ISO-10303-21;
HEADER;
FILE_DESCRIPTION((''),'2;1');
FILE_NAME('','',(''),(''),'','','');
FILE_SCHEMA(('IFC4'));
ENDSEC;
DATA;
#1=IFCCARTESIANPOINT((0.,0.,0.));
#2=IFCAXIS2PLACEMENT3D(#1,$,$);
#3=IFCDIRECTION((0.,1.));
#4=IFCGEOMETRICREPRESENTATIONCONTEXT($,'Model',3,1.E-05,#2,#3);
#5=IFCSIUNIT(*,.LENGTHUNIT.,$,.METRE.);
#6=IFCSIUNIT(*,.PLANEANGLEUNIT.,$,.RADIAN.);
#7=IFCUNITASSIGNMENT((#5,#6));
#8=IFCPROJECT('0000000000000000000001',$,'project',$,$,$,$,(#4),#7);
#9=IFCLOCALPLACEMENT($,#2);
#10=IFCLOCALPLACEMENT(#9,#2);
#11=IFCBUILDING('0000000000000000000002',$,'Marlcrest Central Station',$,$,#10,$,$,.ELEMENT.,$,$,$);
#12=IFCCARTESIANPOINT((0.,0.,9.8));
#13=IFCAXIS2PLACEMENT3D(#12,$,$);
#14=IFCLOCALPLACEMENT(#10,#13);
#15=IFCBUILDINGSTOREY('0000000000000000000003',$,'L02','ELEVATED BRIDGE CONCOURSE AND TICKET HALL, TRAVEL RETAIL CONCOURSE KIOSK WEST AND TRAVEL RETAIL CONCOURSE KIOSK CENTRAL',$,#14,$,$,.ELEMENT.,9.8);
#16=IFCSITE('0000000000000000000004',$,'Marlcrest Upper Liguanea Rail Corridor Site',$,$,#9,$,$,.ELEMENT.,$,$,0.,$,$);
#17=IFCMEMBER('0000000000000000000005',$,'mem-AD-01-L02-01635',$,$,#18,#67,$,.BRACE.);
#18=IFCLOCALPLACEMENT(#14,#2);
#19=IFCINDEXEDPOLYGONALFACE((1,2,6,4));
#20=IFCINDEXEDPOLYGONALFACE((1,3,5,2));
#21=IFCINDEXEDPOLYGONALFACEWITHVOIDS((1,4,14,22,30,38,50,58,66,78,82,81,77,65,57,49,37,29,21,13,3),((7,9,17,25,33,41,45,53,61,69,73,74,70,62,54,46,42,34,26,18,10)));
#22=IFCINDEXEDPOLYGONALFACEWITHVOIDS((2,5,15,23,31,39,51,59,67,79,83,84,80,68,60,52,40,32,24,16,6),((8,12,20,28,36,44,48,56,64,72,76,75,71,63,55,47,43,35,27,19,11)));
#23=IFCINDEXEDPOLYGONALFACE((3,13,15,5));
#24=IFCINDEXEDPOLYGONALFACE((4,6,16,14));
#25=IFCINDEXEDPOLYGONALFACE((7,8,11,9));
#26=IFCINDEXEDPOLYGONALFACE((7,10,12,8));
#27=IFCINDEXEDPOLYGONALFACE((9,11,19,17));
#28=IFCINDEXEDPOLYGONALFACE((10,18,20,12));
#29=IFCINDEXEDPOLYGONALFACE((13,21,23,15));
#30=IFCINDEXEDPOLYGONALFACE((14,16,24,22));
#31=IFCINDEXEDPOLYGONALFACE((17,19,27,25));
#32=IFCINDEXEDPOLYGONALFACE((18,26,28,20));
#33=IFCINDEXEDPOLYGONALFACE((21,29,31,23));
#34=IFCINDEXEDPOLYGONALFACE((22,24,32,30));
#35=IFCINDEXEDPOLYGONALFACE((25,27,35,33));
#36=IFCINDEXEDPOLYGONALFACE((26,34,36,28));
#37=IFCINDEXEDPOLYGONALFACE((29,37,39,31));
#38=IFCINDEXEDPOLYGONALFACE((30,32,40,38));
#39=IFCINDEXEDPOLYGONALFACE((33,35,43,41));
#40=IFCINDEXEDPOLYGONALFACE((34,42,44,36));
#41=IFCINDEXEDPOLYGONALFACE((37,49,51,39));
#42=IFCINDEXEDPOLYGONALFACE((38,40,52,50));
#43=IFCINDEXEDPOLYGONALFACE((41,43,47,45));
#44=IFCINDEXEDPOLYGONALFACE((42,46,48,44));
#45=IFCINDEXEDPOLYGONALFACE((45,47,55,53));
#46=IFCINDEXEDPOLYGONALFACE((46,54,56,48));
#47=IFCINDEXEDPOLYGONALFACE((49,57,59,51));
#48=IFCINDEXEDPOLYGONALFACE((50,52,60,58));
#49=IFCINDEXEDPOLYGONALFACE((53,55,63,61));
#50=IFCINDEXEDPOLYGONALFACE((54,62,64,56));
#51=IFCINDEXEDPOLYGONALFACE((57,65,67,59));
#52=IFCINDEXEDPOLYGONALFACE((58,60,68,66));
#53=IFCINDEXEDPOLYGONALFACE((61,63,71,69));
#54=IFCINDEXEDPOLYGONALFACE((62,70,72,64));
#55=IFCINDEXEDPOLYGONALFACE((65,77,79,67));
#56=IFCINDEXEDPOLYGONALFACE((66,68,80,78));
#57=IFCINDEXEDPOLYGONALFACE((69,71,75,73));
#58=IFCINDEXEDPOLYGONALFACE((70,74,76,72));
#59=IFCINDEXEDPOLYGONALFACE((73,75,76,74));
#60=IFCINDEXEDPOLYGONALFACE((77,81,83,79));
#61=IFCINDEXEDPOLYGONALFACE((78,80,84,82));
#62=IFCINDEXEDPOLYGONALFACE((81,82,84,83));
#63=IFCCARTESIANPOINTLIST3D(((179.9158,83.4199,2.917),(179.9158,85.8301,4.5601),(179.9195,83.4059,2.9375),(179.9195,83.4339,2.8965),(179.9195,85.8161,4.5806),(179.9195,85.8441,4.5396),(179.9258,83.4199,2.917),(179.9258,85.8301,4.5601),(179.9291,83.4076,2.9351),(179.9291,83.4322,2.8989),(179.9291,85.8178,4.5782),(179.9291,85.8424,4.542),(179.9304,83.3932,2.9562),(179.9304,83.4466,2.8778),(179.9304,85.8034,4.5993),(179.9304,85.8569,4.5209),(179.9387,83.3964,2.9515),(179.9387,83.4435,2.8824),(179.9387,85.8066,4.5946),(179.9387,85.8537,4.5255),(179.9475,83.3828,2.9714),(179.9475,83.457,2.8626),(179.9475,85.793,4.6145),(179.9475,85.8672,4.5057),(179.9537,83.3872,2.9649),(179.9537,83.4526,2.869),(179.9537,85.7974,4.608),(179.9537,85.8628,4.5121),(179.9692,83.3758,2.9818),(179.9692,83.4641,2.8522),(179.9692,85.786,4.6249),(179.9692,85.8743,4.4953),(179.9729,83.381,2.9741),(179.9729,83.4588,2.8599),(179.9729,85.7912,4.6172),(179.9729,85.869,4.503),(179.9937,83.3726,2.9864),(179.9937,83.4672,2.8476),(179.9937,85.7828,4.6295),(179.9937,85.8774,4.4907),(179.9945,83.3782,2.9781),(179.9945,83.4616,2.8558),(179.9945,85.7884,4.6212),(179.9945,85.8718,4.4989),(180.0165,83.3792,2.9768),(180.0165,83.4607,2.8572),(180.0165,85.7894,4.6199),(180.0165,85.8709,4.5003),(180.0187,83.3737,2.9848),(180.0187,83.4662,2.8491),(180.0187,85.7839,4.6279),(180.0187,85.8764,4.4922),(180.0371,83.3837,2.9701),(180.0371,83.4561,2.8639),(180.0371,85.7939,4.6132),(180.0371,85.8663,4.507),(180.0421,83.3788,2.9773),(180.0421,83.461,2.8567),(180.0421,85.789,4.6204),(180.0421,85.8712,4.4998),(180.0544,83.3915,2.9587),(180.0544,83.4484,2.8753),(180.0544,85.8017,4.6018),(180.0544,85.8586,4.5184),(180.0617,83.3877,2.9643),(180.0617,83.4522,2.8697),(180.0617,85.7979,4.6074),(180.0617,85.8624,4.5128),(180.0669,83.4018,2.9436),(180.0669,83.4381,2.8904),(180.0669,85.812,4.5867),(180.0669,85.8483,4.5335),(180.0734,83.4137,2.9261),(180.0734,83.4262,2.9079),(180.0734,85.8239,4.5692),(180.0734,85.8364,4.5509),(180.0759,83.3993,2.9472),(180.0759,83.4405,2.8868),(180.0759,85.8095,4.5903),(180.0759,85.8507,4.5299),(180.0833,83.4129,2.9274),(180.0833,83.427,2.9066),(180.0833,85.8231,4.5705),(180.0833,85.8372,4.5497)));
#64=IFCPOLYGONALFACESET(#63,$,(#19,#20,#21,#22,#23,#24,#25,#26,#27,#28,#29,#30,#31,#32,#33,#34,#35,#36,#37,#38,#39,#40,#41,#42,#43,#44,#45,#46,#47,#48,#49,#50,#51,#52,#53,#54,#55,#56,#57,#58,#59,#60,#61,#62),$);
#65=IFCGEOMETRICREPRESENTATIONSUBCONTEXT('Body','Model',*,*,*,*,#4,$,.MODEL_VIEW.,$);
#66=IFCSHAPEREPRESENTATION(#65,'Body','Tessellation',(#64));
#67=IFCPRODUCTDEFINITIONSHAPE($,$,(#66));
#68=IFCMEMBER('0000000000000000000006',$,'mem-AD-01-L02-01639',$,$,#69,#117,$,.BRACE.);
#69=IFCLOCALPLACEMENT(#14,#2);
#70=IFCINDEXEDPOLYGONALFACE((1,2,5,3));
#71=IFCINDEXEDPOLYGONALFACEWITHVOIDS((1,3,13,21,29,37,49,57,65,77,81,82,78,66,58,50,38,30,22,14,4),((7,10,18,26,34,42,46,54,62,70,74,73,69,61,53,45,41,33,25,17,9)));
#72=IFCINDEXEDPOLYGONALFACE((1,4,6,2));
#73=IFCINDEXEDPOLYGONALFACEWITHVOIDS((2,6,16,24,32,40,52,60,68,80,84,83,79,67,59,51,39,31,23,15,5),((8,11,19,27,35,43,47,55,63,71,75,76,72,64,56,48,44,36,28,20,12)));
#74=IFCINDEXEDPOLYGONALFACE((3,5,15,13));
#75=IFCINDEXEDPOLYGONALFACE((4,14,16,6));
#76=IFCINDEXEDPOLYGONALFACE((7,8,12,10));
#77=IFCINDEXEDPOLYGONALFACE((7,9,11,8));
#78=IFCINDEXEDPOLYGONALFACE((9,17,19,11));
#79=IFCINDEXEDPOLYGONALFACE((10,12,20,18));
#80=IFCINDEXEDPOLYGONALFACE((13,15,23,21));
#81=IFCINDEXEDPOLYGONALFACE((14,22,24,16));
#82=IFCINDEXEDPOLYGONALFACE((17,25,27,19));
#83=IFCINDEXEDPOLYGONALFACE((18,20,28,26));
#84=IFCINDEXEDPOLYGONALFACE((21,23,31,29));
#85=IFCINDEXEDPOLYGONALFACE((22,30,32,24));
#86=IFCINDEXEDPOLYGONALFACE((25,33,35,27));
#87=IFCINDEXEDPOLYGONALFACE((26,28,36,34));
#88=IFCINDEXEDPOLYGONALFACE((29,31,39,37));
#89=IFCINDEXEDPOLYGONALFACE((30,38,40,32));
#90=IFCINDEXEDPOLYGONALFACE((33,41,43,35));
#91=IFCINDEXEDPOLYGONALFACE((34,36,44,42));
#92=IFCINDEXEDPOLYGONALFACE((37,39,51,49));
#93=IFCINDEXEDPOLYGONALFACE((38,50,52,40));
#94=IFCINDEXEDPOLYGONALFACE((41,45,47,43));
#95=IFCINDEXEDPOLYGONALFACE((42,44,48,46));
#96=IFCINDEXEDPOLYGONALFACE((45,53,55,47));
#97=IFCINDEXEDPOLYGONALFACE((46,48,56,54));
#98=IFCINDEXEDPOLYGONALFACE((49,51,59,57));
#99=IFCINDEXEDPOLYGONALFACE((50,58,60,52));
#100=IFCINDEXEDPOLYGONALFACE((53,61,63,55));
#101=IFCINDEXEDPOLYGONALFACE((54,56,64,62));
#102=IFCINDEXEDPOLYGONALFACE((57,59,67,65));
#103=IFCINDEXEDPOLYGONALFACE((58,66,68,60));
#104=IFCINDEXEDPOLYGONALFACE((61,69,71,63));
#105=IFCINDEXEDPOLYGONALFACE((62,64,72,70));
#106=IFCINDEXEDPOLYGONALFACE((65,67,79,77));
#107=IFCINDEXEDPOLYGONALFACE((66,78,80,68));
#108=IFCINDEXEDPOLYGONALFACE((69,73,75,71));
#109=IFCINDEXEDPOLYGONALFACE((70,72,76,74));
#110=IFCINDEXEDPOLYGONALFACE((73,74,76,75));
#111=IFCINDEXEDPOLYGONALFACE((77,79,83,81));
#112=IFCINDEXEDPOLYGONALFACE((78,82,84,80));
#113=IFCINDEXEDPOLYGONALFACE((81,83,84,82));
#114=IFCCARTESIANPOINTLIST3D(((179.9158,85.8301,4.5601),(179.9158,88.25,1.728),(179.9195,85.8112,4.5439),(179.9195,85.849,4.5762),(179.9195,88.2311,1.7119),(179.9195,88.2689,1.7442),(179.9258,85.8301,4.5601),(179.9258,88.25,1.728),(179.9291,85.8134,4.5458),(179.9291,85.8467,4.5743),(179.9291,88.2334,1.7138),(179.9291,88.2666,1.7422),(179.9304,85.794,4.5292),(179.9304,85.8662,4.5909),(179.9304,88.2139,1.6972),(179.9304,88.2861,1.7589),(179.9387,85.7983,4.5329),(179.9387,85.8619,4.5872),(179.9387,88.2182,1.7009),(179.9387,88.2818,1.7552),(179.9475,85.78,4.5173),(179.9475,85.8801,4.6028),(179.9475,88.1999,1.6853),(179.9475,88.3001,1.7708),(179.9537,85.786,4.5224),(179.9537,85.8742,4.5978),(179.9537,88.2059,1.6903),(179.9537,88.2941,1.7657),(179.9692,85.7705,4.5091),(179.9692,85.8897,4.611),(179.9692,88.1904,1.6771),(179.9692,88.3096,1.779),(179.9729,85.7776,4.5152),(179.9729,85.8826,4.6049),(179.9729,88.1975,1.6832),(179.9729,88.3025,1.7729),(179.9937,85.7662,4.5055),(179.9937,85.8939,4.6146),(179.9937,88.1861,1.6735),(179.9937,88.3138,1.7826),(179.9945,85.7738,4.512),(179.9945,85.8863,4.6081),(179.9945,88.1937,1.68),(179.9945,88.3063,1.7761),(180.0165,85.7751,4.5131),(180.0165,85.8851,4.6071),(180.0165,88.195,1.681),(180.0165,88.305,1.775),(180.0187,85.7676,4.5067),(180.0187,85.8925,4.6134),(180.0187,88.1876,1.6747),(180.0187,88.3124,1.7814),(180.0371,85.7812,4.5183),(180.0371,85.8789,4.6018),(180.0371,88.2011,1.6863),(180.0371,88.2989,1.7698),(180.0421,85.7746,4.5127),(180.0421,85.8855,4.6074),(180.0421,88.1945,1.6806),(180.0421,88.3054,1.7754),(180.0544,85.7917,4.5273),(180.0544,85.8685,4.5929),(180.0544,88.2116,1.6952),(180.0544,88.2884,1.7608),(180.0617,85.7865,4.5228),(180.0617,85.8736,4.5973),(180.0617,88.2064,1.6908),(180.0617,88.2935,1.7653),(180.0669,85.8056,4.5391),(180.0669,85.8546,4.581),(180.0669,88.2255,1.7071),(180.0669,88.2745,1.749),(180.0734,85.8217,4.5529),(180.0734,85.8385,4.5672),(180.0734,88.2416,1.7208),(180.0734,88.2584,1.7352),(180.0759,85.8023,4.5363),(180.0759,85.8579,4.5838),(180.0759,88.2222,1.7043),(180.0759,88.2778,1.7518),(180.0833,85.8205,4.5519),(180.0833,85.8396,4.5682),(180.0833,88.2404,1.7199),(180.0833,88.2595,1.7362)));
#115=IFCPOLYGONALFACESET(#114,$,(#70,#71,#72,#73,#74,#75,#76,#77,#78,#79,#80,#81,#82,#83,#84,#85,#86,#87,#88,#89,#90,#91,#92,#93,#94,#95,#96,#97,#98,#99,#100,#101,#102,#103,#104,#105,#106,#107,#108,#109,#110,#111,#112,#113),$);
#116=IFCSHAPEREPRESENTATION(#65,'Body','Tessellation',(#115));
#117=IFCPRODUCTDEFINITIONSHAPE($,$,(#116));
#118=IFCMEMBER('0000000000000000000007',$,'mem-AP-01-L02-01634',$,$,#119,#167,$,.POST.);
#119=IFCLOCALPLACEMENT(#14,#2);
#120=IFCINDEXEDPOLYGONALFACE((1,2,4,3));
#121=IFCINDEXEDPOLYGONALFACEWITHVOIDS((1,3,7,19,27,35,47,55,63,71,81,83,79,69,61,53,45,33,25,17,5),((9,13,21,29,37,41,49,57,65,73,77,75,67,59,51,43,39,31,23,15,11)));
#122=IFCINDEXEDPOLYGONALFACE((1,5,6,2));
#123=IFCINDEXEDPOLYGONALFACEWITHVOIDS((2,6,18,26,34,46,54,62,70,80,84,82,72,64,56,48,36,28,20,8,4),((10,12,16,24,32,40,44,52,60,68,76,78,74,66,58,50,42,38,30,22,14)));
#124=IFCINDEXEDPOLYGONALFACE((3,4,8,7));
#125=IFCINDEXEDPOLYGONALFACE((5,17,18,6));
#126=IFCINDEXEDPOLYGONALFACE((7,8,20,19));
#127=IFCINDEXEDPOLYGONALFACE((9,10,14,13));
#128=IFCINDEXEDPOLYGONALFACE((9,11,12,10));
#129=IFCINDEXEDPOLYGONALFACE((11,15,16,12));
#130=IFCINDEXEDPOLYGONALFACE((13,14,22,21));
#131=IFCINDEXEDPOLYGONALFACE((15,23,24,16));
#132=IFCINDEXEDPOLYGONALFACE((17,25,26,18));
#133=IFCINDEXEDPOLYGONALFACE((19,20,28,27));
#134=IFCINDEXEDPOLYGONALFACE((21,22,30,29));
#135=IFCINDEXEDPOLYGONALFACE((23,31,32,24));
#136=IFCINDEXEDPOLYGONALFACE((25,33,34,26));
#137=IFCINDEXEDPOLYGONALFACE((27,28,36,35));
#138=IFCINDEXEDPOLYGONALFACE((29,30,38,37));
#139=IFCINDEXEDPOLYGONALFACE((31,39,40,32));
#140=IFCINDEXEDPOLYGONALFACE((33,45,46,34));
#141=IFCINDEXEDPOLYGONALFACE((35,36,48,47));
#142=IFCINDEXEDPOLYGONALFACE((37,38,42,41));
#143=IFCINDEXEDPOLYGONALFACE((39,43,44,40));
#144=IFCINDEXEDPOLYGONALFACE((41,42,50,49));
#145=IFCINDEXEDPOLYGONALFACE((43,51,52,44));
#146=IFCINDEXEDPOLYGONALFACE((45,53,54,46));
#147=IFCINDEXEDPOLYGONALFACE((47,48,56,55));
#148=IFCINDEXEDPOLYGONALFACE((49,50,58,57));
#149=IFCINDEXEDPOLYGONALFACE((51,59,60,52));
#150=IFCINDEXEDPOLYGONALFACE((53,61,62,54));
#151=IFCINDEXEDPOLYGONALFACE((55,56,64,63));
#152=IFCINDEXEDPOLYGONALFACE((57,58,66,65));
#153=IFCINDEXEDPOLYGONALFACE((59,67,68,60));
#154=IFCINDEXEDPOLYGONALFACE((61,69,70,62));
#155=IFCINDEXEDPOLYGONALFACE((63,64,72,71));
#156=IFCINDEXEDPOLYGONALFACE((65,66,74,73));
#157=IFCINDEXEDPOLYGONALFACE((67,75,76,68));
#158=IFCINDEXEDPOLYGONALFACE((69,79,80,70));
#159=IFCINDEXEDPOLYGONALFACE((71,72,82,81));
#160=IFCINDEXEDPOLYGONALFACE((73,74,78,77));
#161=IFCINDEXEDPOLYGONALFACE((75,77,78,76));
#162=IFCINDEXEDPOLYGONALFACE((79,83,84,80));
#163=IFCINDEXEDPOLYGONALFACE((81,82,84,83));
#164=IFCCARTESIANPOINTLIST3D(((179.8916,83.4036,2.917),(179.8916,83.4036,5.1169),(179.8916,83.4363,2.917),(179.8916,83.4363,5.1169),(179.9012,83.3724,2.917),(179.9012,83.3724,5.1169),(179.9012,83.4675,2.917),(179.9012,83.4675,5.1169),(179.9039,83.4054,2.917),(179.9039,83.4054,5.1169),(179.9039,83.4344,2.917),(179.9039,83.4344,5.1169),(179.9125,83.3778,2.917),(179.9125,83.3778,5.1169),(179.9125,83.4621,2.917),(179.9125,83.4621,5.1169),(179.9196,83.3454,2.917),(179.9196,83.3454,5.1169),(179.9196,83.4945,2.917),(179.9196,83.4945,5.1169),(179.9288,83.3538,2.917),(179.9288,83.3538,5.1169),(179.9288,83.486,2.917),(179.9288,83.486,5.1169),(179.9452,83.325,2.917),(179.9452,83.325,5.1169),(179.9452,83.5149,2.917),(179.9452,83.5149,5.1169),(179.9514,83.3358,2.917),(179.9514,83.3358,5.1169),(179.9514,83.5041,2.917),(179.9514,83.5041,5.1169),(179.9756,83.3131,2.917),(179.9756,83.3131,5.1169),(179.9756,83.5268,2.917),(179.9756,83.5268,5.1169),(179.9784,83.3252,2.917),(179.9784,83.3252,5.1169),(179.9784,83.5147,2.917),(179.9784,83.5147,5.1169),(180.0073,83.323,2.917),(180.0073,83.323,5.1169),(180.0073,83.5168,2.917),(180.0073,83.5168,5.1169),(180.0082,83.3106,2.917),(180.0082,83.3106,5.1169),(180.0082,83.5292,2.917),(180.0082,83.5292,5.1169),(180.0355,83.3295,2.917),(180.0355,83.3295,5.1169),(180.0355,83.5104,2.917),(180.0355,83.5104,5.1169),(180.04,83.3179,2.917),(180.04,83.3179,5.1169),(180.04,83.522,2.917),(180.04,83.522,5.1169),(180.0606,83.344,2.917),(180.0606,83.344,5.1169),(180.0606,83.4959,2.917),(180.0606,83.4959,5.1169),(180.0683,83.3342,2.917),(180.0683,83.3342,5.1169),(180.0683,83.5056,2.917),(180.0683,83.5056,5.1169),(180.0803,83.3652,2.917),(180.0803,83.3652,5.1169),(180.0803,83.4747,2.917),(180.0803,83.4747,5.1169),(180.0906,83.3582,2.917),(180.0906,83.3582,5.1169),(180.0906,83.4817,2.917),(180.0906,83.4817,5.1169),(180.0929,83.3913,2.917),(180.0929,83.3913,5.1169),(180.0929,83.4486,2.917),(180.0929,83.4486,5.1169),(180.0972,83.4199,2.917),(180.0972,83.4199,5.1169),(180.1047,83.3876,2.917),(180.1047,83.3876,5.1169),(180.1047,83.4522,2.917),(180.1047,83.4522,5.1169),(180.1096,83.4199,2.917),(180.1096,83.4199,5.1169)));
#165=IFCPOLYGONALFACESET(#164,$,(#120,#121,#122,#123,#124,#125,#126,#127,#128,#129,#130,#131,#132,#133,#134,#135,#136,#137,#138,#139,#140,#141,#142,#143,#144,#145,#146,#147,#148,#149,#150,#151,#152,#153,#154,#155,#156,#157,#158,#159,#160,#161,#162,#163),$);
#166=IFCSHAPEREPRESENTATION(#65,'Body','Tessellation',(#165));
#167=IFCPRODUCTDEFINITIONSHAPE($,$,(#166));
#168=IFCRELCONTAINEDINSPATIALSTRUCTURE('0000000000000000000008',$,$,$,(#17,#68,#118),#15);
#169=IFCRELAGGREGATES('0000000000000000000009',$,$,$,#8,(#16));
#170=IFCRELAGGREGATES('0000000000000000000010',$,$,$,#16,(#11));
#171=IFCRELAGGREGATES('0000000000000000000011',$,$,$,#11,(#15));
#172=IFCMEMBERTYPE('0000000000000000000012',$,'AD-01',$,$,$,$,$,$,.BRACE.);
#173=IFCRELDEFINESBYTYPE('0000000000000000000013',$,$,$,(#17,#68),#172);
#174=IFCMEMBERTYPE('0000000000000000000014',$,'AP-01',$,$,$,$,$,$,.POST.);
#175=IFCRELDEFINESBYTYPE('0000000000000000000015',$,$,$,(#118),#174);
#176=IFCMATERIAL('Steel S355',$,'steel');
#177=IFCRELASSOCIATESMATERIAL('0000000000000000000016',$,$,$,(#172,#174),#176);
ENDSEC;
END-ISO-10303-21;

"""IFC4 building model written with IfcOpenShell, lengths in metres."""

from ifc_helpers import new_model, si_unit, direction, frame, origin, origin_2d, place, context, subcontext, project, spatial, hollow_circle, extrude, material, material_profile, profile_set, type_object, element, save


model = new_model("IFC4")

# Units and contexts
model_context = context("Model", 3, precision=1e-05, world=origin(), true_north=direction((0.0, 1.0)))
body_context = subcontext(model_context, "Body", "Model", "MODEL_VIEW")
ifc_project = project(units=[si_unit("LENGTHUNIT", "METRE"), si_unit("PLANEANGLEUNIT", "RADIAN")], contexts=[model_context])

# Site, building, storey
site_placement = place(None, origin())
site = spatial("IfcSite", under=ifc_project, at=site_placement, Name="Marlcrest Upper Liguanea Rail Corridor Site", CompositionType="ELEMENT", RefElevation=0.0)
building_placement = place(site_placement, origin())
building = spatial("IfcBuilding", under=site, at=building_placement, Name="Marlcrest Central Station", CompositionType="ELEMENT")
storey_placement = place(building_placement, frame((0.0, 0.0, 9.8)))
storey = spatial("IfcBuildingStorey", under=building, at=storey_placement, Name="L02", Description="ELEVATED BRIDGE CONCOURSE AND TICKET HALL, TRAVEL RETAIL CONCOURSE KIOSK WEST AND TRAVEL RETAIL CONCOURSE KIOSK CENTRAL", CompositionType="ELEMENT", Elevation=9.8)

# Members
ifc_material_1 = material(Name="Steel S355", Category="steel")
ifc_material_profile_1 = material_profile(ifc_material_1, hollow_circle(Radius=0.0842, WallThickness=0.01, at=origin_2d()), Name="CHS 168.3x10")
ifc_profile_set_1 = profile_set([ifc_material_profile_1], Name="Steel S355")
member_type_1 = type_object("IfcMemberType", Name="AD-01", PredefinedType="BRACE", material=ifc_profile_set_1)
member_1_placement = place(storey_placement, frame((180.0, 83.4199, 2.917), z_axis=(0.0, 0.826263, 0.563285), x_axis=(-1.0, 0.0, 0.0)))
element("IfcMember", 1, at=member_1_placement, inside=storey, type_object=member_type_1, Name="mem-AD-01-L02-01635", PredefinedType="BRACE", context=body_context, shape_type="SweptSolid", body=[
    extrude(hollow_circle(Radius=0.0842, WallThickness=0.01, at=origin_2d()), origin(), (0.0, 0.0, 1.0), 2.917),
])
member_2_placement = place(storey_placement, frame((180.0, 85.8301, 4.5601), z_axis=(0.0, 0.649625, -0.760255), x_axis=(-1.0, 0.0, 0.0)))
element("IfcMember", 2, at=member_2_placement, inside=storey, type_object=member_type_1, Name="mem-AD-01-L02-01639", PredefinedType="BRACE", context=body_context, shape_type="SweptSolid", body=[
    extrude(hollow_circle(Radius=0.0842, WallThickness=0.01, at=origin_2d()), origin(), (0.0, 0.0, 1.0), 3.7251),
])
ifc_material_profile_2 = material_profile(ifc_material_1, hollow_circle(Radius=0.1096, WallThickness=0.0125, at=origin_2d()), Name="CHS 219.1x12.5")
ifc_profile_set_2 = profile_set([ifc_material_profile_2], Name="Steel S355")
member_type_2 = type_object("IfcMemberType", Name="AP-01", PredefinedType="POST", material=ifc_profile_set_2)
member_3_placement = place(storey_placement, frame((180.0, 83.4199, 2.917), z_axis=(0.0, 0.0, 1.0), x_axis=(1.0, 0.0, 0.0)))
element("IfcMember", 3, at=member_3_placement, inside=storey, type_object=member_type_2, Name="mem-AP-01-L02-01634", PredefinedType="POST", context=body_context, shape_type="SweptSolid", body=[
    extrude(hollow_circle(Radius=0.1096, WallThickness=0.0125, at=origin_2d()), origin(), (0.0, 0.0, 1.0), 2.2),
])

save(model, "model.ifc")
